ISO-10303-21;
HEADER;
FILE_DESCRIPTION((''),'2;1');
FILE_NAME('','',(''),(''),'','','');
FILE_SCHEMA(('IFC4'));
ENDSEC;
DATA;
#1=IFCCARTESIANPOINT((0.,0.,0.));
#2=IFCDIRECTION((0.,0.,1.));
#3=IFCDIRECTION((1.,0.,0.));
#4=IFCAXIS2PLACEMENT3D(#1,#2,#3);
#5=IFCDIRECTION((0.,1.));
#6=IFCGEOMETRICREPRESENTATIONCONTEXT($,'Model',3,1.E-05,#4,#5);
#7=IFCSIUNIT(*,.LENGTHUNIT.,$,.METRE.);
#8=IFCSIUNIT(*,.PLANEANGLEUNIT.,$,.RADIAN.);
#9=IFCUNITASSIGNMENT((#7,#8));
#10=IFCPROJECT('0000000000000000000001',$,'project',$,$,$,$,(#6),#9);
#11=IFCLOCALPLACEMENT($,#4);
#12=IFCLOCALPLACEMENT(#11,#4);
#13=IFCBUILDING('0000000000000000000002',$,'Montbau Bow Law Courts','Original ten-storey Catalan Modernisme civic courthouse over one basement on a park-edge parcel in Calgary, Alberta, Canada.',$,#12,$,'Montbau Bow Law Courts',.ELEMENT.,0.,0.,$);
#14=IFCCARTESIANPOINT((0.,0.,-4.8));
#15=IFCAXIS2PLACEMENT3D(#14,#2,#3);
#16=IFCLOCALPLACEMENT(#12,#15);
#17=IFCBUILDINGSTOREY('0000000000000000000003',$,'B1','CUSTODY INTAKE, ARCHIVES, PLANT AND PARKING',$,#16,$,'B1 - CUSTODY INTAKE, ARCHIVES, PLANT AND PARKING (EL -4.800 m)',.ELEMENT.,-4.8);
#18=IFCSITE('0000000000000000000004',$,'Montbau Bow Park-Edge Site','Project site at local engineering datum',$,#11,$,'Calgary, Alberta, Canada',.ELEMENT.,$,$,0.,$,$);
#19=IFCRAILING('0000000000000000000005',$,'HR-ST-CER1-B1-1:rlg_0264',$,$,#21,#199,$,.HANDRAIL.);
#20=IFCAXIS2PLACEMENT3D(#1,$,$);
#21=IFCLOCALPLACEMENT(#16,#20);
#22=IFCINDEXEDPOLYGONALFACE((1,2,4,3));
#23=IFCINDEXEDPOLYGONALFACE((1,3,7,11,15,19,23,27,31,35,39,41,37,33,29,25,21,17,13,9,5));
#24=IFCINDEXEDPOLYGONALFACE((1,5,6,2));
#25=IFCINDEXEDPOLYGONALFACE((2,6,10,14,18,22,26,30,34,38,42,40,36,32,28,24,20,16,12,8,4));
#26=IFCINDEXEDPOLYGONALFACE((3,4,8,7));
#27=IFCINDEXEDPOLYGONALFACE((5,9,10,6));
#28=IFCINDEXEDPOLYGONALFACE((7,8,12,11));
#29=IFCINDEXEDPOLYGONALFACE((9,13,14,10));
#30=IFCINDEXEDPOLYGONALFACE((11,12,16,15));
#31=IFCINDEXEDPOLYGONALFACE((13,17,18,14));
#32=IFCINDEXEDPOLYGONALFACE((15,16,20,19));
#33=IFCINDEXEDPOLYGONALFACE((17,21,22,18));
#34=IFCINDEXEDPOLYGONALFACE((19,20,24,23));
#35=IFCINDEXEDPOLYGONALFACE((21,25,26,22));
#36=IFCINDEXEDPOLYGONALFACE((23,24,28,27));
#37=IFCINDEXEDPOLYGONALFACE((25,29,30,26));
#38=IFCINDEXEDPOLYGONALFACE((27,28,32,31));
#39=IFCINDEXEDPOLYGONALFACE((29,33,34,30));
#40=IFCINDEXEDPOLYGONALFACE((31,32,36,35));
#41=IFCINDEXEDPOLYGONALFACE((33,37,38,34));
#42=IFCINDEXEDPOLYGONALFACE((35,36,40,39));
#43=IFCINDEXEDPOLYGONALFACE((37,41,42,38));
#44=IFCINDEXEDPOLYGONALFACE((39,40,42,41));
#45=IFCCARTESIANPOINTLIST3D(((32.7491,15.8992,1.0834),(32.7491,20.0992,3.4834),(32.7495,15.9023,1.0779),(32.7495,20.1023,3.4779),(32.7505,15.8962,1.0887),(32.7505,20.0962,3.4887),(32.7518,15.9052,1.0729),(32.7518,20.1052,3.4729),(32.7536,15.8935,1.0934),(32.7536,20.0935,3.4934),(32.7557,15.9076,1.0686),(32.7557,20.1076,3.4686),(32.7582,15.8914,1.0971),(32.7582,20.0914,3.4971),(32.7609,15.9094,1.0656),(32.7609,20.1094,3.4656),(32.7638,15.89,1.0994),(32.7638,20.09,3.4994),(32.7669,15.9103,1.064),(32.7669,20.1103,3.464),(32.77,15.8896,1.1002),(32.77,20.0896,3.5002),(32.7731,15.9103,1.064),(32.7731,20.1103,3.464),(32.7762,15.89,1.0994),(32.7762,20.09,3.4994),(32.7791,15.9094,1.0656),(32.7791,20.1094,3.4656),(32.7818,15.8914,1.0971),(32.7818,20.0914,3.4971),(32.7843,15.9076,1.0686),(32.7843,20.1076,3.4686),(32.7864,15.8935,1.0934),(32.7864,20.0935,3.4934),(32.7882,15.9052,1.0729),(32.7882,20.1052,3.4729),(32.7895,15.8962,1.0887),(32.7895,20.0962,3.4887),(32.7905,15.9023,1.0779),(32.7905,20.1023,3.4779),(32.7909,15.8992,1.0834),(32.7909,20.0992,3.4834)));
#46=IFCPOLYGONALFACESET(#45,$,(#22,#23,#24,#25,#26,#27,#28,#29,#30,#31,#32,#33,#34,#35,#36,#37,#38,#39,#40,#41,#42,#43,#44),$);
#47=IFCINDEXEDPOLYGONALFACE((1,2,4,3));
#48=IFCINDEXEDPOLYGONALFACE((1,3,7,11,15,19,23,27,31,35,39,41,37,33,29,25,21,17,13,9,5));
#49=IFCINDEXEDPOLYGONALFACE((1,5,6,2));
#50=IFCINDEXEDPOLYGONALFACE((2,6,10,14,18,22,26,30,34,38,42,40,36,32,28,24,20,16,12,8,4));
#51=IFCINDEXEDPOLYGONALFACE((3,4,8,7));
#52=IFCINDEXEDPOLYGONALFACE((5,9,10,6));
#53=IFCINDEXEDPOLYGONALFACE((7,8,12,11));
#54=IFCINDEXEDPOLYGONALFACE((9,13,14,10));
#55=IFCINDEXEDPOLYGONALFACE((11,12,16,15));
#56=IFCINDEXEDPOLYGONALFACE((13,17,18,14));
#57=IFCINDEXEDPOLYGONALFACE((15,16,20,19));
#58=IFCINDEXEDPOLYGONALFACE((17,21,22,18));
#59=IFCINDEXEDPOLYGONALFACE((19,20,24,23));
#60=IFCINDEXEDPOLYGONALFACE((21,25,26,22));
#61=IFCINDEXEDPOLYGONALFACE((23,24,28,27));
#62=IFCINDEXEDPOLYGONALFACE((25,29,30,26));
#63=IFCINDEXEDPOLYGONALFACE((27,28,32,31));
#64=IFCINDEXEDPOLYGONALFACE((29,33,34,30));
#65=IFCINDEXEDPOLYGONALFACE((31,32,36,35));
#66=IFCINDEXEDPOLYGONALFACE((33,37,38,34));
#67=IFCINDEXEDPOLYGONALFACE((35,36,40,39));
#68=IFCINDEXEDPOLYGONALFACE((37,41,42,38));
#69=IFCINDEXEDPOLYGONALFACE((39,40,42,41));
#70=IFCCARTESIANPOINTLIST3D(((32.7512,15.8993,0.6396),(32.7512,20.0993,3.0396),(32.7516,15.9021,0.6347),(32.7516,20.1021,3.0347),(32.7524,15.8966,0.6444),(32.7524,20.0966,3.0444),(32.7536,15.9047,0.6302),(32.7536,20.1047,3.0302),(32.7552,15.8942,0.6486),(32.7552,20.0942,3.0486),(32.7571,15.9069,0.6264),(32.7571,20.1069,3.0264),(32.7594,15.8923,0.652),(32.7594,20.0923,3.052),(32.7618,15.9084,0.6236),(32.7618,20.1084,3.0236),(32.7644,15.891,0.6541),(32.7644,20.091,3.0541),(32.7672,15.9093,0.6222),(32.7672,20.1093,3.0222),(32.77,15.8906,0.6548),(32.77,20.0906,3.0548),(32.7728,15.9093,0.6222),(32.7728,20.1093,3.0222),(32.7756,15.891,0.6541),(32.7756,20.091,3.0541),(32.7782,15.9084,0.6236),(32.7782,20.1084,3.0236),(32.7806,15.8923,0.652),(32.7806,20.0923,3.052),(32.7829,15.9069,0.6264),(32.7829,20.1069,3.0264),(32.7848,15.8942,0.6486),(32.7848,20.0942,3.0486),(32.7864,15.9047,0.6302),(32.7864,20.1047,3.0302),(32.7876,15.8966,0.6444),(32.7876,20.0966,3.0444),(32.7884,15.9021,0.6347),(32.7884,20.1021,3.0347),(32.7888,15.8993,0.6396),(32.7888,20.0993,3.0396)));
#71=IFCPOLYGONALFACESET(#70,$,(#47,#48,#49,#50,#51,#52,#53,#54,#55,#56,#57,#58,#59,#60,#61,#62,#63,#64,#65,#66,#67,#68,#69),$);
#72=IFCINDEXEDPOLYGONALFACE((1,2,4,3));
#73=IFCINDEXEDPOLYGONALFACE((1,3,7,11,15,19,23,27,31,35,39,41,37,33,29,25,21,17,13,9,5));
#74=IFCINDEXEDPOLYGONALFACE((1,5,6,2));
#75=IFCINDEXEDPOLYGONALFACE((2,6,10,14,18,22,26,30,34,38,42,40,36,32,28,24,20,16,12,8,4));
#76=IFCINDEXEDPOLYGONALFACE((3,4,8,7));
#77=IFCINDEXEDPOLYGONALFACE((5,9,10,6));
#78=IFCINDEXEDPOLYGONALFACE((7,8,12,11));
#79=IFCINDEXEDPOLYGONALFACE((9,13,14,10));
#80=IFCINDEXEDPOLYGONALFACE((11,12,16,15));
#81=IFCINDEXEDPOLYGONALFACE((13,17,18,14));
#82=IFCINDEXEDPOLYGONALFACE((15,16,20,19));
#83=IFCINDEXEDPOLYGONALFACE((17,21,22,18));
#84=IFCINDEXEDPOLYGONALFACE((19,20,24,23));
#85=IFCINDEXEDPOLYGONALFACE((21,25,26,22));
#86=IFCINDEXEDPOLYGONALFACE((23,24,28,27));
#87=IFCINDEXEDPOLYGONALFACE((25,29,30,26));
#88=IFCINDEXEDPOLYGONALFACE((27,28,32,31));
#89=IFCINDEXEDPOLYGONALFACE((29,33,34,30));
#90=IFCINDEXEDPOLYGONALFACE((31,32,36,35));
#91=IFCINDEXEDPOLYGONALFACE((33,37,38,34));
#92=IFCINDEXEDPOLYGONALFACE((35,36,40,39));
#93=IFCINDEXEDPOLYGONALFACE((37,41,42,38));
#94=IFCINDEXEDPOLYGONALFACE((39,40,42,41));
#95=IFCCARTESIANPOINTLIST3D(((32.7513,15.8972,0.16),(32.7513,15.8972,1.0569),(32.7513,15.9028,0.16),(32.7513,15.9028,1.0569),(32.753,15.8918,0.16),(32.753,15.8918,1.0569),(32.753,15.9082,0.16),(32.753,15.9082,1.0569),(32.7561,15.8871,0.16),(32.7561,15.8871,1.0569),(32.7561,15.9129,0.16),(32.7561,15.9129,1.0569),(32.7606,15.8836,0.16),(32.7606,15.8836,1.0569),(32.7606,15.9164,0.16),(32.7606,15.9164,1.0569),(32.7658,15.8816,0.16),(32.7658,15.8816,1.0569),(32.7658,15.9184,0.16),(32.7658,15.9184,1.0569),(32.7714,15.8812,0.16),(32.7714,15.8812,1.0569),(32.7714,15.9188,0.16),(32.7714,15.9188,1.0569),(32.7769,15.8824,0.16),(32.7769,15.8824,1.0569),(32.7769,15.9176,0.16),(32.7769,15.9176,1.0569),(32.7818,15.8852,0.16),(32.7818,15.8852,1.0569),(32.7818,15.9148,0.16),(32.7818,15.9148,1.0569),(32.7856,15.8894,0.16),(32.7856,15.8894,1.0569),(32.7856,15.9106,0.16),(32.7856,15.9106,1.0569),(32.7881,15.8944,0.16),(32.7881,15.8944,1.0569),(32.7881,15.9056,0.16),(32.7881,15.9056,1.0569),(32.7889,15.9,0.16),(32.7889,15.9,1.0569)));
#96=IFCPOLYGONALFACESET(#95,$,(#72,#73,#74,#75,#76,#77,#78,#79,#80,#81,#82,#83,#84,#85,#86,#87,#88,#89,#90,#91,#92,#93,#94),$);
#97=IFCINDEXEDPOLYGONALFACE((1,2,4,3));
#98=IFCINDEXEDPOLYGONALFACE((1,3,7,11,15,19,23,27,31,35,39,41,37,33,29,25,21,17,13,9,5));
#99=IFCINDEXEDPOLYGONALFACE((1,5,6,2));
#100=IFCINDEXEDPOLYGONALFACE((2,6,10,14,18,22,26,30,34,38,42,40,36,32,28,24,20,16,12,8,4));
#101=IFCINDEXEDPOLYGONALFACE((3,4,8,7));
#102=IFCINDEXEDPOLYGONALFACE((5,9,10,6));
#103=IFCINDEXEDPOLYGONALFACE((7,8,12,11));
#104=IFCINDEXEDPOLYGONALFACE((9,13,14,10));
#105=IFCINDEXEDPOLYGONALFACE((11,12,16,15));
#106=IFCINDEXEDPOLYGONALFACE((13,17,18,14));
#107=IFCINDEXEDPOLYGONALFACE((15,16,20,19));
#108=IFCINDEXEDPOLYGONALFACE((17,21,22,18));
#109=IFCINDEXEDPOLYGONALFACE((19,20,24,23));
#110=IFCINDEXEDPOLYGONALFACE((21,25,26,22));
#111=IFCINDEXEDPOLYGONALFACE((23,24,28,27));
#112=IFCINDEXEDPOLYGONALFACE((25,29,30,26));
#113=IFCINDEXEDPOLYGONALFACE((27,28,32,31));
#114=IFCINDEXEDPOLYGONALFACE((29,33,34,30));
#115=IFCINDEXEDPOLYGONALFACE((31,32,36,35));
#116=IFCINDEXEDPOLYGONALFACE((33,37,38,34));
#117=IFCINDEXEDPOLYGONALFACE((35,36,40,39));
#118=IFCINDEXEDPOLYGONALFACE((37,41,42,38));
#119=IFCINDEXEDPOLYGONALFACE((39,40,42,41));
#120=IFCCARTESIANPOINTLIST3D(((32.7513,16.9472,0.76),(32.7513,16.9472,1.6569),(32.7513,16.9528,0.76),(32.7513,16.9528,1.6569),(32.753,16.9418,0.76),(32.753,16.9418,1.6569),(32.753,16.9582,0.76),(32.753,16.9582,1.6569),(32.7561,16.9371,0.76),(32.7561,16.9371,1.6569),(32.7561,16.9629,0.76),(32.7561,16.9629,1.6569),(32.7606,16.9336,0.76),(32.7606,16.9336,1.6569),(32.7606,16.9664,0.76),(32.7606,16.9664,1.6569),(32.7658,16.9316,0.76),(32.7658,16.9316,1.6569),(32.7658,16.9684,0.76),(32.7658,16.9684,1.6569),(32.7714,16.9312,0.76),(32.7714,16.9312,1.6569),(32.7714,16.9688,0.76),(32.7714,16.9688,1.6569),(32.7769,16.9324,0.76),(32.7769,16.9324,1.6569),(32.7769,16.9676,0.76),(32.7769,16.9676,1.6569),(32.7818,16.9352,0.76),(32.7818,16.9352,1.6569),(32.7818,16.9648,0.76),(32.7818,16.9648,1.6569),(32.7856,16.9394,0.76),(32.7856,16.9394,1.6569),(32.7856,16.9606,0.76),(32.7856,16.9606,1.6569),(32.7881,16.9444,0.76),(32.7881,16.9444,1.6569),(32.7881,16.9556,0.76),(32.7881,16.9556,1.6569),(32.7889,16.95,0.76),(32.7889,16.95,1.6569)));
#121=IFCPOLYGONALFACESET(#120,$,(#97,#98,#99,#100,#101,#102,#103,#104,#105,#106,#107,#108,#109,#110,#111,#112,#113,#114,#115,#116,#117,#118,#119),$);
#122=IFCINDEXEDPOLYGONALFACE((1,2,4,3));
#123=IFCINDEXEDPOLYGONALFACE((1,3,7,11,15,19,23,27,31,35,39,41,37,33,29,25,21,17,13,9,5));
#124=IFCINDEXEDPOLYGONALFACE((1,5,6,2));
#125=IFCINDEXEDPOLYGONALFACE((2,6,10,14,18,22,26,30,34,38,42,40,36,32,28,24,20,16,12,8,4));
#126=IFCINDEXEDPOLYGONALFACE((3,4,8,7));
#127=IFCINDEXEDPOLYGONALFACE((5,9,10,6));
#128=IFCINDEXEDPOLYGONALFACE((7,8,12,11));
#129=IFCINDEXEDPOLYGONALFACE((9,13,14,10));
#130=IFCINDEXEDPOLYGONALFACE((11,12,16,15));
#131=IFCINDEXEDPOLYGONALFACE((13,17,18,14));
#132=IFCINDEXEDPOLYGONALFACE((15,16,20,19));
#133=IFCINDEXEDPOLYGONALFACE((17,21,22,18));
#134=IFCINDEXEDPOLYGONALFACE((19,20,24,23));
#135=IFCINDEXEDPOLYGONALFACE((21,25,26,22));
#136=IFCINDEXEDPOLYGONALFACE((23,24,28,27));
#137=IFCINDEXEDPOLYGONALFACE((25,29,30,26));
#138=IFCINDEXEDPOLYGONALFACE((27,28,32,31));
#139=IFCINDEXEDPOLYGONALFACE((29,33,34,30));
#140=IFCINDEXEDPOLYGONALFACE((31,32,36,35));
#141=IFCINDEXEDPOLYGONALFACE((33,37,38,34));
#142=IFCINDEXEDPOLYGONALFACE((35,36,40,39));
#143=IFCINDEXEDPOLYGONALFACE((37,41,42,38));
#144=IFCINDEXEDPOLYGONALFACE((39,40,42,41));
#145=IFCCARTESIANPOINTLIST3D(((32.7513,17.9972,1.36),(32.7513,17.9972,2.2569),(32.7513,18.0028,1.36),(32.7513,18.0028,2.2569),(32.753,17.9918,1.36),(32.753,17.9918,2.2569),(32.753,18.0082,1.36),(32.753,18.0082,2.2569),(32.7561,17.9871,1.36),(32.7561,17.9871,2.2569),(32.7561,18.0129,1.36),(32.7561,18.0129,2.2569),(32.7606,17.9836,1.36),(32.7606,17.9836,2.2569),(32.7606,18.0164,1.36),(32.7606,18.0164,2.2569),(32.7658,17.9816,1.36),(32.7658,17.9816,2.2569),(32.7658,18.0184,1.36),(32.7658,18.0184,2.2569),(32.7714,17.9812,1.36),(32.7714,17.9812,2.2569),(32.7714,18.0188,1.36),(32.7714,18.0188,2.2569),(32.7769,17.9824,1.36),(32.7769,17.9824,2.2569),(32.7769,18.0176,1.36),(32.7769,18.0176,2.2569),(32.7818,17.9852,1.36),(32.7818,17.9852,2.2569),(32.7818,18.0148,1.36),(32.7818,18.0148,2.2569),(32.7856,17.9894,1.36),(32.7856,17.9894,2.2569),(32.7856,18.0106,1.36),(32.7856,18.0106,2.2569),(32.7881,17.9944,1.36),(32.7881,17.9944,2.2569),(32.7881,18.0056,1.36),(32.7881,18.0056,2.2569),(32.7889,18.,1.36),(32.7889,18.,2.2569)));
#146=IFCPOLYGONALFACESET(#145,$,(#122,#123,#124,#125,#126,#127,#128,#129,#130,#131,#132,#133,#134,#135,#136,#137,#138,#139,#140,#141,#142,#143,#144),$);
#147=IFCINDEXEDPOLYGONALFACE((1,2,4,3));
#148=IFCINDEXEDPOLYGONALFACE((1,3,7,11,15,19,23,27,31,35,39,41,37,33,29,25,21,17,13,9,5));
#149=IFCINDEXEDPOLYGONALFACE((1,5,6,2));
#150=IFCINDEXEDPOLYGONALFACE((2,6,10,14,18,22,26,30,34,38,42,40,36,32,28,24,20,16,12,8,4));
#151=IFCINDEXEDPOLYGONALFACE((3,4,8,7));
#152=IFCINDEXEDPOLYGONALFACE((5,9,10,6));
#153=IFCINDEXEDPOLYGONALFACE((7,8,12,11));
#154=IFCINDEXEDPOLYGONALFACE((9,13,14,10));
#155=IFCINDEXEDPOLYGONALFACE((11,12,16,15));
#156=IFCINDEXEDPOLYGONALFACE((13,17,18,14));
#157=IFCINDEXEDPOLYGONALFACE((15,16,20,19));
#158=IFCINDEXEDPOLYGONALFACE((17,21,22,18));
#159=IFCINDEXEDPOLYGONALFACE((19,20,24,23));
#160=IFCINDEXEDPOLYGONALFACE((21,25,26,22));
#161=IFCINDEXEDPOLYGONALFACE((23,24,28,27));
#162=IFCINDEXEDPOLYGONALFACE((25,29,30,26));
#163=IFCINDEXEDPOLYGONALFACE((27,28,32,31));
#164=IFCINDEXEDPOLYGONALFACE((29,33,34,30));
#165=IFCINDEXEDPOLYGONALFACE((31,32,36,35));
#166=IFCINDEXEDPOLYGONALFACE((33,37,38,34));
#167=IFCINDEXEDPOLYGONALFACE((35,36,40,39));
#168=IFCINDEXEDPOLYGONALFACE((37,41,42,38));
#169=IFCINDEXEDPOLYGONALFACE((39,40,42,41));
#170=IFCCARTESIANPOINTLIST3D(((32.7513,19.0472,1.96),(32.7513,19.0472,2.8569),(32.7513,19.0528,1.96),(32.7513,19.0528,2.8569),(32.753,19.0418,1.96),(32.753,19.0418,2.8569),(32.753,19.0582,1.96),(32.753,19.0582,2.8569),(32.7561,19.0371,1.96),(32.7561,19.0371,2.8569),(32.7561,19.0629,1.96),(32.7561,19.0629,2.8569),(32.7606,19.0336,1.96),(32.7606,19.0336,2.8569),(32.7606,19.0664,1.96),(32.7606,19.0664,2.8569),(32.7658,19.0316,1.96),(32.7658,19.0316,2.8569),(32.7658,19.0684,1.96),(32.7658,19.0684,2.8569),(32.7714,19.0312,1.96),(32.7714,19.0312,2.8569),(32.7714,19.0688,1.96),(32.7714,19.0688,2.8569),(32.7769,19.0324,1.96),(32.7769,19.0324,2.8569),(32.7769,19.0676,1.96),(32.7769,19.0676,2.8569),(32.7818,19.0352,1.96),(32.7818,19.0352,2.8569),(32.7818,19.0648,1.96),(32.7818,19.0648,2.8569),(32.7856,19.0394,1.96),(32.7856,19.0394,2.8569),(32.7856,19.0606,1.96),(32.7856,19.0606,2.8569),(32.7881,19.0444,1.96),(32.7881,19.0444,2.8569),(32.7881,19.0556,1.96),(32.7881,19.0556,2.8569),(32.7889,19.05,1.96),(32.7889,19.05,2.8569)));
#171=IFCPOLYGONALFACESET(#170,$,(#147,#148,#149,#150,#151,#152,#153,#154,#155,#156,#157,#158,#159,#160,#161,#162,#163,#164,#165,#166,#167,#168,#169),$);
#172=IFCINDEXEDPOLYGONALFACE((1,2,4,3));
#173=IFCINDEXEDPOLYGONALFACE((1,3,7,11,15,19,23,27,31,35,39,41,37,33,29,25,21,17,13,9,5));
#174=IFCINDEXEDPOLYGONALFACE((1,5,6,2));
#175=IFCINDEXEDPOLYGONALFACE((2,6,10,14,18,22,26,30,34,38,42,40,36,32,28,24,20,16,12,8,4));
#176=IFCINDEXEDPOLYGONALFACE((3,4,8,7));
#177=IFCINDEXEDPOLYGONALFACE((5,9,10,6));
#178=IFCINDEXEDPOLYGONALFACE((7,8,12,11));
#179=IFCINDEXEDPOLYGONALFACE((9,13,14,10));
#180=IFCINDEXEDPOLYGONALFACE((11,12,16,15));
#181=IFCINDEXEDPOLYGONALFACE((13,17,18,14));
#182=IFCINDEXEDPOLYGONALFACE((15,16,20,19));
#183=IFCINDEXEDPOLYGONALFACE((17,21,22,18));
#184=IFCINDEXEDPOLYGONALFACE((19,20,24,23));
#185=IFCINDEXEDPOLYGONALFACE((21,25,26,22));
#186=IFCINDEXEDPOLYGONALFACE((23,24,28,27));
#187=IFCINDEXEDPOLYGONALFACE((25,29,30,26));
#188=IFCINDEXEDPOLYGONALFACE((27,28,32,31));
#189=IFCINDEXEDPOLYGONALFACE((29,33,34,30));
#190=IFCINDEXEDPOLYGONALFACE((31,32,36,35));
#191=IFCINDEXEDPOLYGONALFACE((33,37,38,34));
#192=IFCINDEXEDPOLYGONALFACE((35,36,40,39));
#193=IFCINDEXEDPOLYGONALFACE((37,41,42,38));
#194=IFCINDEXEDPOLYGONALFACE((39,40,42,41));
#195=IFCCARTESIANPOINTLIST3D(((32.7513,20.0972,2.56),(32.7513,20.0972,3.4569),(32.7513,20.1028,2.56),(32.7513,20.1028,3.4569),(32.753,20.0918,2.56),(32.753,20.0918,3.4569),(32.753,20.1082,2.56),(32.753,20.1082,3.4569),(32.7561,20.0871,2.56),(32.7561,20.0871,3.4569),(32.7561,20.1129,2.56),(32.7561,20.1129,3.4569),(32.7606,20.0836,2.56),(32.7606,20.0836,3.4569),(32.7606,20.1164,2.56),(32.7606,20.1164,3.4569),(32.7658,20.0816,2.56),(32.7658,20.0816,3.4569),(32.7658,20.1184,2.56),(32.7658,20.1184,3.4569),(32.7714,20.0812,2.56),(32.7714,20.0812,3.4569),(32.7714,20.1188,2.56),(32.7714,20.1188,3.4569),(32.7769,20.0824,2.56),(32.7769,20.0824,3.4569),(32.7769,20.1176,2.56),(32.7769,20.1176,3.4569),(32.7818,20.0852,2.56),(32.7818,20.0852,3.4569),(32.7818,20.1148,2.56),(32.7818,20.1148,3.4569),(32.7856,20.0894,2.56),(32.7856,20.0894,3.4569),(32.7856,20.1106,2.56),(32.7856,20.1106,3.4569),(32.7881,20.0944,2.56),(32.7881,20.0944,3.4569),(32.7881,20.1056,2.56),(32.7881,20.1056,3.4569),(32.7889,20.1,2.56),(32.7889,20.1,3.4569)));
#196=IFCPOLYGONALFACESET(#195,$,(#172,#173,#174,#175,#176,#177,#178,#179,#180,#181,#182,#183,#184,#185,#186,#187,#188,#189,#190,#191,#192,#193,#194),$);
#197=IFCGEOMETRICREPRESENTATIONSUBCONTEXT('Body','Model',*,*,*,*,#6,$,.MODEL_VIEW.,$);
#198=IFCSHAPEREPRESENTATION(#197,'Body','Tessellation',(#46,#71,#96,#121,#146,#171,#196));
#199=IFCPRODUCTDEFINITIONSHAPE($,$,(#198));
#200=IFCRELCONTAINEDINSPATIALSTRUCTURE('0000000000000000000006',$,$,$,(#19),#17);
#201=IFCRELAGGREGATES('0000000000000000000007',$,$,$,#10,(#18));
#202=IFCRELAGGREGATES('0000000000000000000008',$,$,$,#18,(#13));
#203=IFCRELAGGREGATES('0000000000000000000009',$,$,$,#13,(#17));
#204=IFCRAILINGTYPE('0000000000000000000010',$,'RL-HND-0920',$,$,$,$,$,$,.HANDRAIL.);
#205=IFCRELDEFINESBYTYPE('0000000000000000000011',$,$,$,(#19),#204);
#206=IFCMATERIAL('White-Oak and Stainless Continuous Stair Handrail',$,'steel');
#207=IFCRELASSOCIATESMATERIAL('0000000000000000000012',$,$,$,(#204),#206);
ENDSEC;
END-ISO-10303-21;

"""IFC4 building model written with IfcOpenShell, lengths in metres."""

from ifc_helpers import new_model, si_unit, direction, frame, origin_with_axes, origin_2d_with_axis, place, context, subcontext, project, spatial, circle, extrude, material, type_object, element, save


model = new_model("IFC4")

# Units and contexts
model_context = context("Model", 3, precision=1e-05, world=origin_with_axes(), true_north=direction((0.0, 1.0)))
body_context = subcontext(model_context, "Body", "Model", "MODEL_VIEW")
ifc_project = project(units=[si_unit("LENGTHUNIT", "METRE"), si_unit("PLANEANGLEUNIT", "RADIAN")], contexts=[model_context])

# Site, building, storey
site_placement = place(None, origin_with_axes())
site = spatial("IfcSite", under=ifc_project, at=site_placement, Name="Montbau Bow Park-Edge Site", Description="Project site at local engineering datum", LongName="Calgary, Alberta, Canada", CompositionType="ELEMENT", RefElevation=0.0)
building_placement = place(site_placement, origin_with_axes())
building = spatial("IfcBuilding", under=site, at=building_placement, Name="Montbau Bow Law Courts", Description="Original ten-storey Catalan Modernisme civic courthouse over one basement on a park-edge parcel in Calgary, Alberta, Canada.", LongName="Montbau Bow Law Courts", CompositionType="ELEMENT", ElevationOfRefHeight=0.0, ElevationOfTerrain=0.0)
storey_placement = place(building_placement, frame((0.0, 0.0, -4.8), z_axis=(0.0, 0.0, 1.0), x_axis=(1.0, 0.0, 0.0)))
storey = spatial("IfcBuildingStorey", under=building, at=storey_placement, Name="B1", Description="CUSTODY INTAKE, ARCHIVES, PLANT AND PARKING", LongName="B1 - CUSTODY INTAKE, ARCHIVES, PLANT AND PARKING (EL -4.800 m)", CompositionType="ELEMENT", Elevation=-4.8)

# Railing
ifc_material_1 = material(Name="White-Oak and Stainless Continuous Stair Handrail", Category="steel")
railing_type_1 = type_object("IfcRailingType", Name="RL-HND-0920", PredefinedType="HANDRAIL", material=ifc_material_1)
railing_1_placement = place(None, origin_with_axes())
element("IfcRailing", 1, at=railing_1_placement, inside=storey, type_object=railing_type_1, Name="HR-ST-CER1-B1-1:rlg_0264", PredefinedType="HANDRAIL", context=body_context, shape_type="SweptSolid", body=[
    extrude(circle(Radius=0.021, at=origin_2d_with_axis()), frame((32.77, 15.9, -3.718), z_axis=(0.0, 0.868243, 0.496139), x_axis=(0.0, -0.496139, 0.868243)), (0.0, 0.0, 1.0), 4.8374),
    extrude(circle(Radius=0.0189, at=origin_2d_with_axis()), frame((32.77, 15.9, -4.1616), z_axis=(0.0, 0.868243, 0.496139), x_axis=(0.0, -0.496139, 0.868243)), (0.0, 0.0, 1.0), 4.8374),
    extrude(circle(Radius=0.0189, at=origin_2d_with_axis()), frame((32.77, 15.9, -4.64), z_axis=(0.0, 0.0, 1.0), x_axis=(1.0, 0.0, 0.0)), (0.0, 0.0, 1.0), 0.8969),
    extrude(circle(Radius=0.0189, at=origin_2d_with_axis()), frame((32.77, 16.95, -4.04), z_axis=(0.0, 0.0, 1.0), x_axis=(1.0, 0.0, 0.0)), (0.0, 0.0, 1.0), 0.8969),
    extrude(circle(Radius=0.0189, at=origin_2d_with_axis()), frame((32.77, 18.0, -3.44), z_axis=(0.0, 0.0, 1.0), x_axis=(1.0, 0.0, 0.0)), (0.0, 0.0, 1.0), 0.8969),
    extrude(circle(Radius=0.0189, at=origin_2d_with_axis()), frame((32.77, 19.05, -2.84), z_axis=(0.0, 0.0, 1.0), x_axis=(1.0, 0.0, 0.0)), (0.0, 0.0, 1.0), 0.8969),
    extrude(circle(Radius=0.0189, at=origin_2d_with_axis()), frame((32.77, 20.1, -2.24), z_axis=(0.0, 0.0, 1.0), x_axis=(1.0, 0.0, 0.0)), (0.0, 0.0, 1.0), 0.8969),
])

save(model, "model.ifc")
